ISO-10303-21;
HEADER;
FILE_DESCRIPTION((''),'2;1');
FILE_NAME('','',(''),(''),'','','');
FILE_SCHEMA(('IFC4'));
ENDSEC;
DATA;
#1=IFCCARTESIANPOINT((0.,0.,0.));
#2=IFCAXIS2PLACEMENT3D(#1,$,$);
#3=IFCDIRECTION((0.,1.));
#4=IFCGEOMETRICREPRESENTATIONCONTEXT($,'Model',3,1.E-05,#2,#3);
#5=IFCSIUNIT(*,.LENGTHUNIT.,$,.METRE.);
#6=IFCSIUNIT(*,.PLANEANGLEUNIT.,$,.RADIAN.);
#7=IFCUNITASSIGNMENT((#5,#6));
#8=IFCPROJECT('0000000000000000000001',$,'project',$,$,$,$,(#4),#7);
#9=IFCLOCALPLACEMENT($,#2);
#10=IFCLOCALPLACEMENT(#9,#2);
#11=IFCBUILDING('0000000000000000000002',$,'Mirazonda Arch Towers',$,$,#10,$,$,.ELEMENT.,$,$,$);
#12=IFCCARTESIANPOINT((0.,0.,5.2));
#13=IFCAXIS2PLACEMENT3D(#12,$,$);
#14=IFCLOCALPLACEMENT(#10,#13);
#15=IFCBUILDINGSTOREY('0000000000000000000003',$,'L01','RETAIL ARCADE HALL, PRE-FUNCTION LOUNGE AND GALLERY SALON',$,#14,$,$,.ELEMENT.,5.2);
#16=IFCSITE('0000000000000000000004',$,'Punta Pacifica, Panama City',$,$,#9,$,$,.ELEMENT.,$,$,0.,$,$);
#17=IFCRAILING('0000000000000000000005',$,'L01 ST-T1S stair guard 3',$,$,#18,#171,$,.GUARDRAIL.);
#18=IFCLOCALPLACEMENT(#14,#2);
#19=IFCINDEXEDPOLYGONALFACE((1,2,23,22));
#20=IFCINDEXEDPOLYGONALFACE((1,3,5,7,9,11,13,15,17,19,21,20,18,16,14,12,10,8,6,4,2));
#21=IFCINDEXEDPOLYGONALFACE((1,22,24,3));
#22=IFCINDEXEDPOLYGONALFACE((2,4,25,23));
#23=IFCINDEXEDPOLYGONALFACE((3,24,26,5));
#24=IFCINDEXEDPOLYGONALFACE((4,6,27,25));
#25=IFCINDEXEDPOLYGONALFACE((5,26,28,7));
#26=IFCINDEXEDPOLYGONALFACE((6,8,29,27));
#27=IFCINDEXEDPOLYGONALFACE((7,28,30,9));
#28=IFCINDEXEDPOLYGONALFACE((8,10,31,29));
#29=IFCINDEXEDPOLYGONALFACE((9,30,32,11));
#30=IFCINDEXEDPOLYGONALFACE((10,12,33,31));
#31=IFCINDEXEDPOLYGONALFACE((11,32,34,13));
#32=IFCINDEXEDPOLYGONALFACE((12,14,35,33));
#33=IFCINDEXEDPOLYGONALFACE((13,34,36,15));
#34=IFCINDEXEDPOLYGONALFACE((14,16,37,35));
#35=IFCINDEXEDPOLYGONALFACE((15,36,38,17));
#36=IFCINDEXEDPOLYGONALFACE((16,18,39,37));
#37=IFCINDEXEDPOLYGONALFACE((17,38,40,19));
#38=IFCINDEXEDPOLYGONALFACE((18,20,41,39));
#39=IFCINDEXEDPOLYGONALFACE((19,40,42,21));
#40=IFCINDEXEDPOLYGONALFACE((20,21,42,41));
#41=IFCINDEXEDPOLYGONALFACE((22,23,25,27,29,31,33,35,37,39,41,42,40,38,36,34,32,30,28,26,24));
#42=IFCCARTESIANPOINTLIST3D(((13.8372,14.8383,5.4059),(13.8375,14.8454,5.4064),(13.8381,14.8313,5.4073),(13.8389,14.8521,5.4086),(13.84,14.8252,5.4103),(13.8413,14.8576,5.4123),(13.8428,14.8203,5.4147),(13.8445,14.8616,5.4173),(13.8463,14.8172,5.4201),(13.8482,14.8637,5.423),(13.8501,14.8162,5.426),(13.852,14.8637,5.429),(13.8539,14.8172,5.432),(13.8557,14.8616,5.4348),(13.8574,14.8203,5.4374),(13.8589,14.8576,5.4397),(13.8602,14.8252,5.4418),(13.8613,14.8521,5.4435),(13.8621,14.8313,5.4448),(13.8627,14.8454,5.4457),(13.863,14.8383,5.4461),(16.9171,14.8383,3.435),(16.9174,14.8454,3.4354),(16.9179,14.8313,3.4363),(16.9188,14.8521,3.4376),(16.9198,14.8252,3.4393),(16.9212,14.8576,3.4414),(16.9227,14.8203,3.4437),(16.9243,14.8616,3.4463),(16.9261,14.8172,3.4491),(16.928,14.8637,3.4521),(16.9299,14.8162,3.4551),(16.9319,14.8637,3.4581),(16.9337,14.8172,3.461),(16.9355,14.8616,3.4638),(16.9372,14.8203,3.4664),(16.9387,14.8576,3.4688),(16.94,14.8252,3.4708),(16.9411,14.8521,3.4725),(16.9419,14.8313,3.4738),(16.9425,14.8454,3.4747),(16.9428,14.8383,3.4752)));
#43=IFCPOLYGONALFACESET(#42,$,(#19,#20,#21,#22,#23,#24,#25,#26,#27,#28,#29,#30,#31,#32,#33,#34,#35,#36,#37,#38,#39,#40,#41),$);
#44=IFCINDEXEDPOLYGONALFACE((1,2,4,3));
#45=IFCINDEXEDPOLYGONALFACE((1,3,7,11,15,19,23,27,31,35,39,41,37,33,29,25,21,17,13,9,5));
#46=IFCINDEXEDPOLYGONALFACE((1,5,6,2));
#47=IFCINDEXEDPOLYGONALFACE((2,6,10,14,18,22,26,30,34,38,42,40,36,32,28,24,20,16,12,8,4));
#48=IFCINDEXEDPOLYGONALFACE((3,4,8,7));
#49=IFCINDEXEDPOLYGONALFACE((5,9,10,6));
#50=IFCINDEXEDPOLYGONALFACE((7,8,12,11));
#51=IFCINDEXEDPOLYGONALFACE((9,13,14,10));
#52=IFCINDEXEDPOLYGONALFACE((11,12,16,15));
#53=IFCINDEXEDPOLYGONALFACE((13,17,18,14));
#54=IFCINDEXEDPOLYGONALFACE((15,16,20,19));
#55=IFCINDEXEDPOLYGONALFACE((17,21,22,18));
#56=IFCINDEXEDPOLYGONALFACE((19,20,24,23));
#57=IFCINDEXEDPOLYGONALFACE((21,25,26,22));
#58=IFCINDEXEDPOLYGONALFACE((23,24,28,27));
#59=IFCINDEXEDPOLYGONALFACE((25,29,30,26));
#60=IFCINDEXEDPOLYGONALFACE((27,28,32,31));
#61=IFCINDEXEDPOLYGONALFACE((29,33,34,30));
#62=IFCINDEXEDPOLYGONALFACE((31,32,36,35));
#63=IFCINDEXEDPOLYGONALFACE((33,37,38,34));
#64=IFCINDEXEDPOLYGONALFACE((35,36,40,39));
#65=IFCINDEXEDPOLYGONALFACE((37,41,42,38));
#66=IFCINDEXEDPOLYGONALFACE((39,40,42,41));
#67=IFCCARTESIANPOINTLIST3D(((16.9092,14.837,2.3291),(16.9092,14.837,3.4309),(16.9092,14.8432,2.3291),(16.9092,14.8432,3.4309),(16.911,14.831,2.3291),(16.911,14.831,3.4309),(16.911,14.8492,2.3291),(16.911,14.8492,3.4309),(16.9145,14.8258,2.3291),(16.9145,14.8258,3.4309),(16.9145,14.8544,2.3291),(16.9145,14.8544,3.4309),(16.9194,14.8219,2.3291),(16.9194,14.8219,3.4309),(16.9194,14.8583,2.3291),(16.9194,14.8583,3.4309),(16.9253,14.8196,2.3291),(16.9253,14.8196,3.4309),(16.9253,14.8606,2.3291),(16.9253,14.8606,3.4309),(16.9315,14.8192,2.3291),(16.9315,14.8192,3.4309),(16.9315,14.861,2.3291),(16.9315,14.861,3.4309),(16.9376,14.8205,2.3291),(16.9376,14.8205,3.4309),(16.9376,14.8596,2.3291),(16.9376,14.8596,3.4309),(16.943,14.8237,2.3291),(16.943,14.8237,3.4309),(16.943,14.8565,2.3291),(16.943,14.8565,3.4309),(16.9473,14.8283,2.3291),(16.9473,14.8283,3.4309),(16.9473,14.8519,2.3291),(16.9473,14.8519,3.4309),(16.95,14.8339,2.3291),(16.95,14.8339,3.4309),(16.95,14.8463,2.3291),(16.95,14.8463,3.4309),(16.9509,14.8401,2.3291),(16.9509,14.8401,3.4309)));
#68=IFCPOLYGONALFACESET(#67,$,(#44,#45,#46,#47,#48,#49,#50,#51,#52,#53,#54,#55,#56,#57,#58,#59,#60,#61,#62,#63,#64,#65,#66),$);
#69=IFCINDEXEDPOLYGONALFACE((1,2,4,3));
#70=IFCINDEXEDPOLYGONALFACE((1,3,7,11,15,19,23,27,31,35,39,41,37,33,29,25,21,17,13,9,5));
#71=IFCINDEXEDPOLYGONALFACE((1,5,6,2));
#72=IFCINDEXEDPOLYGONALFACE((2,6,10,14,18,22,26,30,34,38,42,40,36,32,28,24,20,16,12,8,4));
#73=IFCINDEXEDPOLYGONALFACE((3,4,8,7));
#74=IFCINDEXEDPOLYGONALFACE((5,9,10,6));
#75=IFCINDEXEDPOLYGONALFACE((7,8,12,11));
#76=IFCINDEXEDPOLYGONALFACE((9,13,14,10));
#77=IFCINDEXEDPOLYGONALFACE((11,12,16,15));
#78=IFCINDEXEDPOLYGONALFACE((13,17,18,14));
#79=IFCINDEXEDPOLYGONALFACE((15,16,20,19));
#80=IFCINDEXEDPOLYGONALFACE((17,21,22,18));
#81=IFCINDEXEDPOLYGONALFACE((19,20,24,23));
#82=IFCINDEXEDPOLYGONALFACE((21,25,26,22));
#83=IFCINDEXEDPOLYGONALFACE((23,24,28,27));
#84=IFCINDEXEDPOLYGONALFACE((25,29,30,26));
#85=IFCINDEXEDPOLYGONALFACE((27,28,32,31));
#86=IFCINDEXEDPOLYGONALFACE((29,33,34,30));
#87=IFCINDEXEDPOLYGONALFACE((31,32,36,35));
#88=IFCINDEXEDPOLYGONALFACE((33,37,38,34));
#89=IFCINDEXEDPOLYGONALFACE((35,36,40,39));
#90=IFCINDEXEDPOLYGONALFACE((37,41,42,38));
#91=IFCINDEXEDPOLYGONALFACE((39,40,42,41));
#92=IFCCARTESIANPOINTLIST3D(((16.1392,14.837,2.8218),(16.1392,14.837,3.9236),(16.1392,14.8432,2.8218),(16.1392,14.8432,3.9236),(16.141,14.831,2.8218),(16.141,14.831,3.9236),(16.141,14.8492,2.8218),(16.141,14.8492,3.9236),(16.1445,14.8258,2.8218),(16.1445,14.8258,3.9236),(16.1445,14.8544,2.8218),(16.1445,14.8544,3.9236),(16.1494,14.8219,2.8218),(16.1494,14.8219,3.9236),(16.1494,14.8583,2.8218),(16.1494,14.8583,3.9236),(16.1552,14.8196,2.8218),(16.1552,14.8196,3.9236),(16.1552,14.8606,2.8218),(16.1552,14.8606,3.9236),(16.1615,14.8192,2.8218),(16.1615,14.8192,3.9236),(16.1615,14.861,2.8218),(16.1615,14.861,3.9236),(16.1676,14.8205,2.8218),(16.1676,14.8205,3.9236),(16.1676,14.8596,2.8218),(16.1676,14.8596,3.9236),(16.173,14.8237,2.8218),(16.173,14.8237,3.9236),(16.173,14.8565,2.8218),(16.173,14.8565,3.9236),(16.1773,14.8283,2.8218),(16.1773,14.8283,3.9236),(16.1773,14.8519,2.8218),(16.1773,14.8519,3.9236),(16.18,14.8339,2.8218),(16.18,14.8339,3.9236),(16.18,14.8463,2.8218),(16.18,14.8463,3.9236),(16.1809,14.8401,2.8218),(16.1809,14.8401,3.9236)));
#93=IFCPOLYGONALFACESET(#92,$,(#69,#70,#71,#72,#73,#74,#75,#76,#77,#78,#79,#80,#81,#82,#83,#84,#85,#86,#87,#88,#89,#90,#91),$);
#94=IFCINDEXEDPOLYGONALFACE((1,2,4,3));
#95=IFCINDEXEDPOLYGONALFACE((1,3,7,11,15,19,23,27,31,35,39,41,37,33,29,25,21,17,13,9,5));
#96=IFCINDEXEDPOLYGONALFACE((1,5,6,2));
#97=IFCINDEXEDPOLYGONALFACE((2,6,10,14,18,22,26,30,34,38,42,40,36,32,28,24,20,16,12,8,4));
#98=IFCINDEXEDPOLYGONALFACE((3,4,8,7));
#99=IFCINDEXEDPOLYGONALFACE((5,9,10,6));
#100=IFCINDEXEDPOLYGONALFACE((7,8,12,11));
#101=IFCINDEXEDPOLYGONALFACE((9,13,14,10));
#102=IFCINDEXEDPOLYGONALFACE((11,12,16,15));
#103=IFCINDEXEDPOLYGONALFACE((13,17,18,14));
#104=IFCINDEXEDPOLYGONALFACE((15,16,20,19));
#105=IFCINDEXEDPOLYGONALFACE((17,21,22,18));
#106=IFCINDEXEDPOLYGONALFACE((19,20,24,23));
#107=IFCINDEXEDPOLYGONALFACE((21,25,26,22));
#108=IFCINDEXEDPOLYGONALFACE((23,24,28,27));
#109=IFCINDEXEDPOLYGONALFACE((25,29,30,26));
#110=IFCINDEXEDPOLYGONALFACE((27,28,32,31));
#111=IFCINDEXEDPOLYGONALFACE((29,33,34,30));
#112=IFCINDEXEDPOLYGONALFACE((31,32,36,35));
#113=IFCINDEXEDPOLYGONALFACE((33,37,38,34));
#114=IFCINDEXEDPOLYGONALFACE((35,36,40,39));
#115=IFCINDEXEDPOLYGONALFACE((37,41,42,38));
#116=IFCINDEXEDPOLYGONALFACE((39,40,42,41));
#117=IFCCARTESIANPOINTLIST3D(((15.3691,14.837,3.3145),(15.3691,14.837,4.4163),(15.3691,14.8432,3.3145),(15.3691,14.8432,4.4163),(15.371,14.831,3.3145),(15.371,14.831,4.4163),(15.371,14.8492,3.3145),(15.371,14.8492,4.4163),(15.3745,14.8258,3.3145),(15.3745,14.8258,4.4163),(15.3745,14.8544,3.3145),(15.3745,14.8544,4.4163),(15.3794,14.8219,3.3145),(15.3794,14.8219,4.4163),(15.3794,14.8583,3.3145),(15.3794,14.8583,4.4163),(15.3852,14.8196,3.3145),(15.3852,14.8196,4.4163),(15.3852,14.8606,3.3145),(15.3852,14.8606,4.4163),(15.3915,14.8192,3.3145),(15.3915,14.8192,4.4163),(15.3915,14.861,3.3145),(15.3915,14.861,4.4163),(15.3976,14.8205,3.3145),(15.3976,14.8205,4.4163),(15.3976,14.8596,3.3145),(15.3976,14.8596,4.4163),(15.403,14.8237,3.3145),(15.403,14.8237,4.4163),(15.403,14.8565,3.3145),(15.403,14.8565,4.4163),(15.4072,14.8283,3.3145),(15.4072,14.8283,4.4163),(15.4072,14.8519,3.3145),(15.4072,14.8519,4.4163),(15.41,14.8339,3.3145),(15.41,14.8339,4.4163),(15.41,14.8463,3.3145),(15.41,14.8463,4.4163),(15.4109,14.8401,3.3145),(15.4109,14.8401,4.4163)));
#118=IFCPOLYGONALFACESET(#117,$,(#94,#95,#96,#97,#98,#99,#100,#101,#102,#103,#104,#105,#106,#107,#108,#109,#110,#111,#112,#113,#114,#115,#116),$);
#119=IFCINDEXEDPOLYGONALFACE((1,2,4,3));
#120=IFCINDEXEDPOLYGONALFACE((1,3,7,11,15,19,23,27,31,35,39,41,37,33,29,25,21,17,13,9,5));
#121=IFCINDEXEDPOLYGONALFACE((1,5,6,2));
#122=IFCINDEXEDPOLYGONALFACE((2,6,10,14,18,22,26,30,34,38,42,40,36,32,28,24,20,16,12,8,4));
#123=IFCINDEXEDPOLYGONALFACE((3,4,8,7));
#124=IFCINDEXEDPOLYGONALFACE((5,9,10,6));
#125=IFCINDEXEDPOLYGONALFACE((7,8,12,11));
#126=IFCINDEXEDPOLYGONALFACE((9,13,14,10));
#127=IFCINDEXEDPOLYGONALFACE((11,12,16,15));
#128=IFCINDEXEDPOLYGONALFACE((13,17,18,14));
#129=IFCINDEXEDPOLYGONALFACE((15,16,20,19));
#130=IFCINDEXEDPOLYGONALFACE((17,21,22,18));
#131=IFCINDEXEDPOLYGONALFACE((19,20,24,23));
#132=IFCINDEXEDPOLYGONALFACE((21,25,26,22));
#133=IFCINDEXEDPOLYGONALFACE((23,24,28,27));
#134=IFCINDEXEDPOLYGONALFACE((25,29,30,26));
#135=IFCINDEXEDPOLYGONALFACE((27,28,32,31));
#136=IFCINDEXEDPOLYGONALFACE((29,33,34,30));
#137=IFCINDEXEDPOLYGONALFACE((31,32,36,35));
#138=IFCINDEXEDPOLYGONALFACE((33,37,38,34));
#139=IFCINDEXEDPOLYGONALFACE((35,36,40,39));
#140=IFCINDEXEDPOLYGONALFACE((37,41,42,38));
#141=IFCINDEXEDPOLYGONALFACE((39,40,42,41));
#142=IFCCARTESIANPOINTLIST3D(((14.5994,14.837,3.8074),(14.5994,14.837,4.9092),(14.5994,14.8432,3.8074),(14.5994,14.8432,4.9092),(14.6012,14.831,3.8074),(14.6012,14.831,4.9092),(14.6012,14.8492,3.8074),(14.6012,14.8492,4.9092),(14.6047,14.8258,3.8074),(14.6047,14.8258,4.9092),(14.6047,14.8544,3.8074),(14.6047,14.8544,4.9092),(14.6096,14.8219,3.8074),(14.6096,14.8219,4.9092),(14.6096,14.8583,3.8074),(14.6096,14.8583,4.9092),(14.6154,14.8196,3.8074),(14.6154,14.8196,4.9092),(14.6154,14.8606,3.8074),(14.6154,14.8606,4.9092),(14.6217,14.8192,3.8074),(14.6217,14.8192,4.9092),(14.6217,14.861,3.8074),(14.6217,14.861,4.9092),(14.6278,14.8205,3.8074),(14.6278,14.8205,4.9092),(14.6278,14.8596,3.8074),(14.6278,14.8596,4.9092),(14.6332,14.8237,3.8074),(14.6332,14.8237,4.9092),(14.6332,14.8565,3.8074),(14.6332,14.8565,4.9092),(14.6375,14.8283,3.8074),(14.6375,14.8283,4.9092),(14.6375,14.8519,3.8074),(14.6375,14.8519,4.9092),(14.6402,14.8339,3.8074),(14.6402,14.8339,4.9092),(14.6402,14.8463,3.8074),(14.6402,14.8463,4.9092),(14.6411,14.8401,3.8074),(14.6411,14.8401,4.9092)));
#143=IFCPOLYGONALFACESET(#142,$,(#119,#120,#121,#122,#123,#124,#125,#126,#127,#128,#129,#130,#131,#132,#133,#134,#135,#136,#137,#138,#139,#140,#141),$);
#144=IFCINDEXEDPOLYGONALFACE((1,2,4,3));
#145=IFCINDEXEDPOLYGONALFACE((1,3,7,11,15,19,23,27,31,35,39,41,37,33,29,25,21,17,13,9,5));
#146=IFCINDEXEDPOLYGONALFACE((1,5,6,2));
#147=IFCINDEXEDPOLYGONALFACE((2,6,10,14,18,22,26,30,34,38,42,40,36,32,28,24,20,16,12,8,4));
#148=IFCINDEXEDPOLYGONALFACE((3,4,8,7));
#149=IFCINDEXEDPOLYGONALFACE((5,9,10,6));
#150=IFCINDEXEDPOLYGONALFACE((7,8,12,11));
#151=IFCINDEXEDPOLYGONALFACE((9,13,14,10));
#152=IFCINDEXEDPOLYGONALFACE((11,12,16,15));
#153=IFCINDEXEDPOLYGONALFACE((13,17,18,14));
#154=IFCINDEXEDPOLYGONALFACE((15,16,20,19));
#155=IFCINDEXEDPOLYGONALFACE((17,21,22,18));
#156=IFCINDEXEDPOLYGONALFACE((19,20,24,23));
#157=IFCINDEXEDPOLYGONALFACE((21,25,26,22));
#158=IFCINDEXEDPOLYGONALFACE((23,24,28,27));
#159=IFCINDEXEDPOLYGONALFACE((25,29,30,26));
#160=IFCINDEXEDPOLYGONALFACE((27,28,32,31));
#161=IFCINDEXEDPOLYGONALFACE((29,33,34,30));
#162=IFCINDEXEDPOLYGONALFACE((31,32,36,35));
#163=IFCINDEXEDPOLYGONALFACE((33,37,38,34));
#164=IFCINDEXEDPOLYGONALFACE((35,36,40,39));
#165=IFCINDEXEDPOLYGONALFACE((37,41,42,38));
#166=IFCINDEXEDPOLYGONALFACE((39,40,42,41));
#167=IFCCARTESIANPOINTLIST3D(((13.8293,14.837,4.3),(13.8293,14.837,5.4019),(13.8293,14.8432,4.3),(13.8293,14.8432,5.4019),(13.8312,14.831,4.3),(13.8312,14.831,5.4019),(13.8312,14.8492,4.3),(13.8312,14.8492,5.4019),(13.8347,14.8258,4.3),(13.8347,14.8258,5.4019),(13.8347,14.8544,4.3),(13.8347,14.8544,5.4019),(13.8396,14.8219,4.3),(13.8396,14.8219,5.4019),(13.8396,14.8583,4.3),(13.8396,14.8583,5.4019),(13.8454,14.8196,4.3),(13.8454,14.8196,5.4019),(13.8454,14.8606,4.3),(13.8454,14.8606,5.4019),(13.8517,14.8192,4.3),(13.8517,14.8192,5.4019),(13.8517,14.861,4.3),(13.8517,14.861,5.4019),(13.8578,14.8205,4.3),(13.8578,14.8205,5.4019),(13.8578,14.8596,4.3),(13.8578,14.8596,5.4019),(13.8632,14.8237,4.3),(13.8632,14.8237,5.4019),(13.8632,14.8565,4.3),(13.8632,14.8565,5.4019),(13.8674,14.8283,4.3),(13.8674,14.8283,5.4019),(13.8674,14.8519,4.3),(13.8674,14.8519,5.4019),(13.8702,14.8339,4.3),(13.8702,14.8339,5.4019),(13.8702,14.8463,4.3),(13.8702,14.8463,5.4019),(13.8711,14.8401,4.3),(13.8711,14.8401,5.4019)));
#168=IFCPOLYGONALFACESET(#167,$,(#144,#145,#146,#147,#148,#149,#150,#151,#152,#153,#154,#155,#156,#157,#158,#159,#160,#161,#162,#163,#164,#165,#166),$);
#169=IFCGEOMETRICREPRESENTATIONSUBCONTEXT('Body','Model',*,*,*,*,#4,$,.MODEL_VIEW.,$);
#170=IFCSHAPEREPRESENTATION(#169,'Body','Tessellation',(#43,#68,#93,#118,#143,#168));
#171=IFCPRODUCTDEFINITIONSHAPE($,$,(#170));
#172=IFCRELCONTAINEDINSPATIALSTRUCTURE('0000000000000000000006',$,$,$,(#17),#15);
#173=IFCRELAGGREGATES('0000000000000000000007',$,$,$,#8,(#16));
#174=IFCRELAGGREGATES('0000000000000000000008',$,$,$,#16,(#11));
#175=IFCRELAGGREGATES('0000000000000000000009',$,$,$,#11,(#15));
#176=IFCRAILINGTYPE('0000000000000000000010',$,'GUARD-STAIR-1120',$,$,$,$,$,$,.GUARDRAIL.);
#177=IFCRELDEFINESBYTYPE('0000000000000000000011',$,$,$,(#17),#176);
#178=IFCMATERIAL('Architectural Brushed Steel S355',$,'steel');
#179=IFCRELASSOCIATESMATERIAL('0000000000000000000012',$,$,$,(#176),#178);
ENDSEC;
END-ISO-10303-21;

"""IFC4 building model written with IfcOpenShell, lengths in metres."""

from ifc_helpers import new_model, si_unit, direction, frame, origin, origin_2d, place, context, subcontext, project, spatial, circle, extrude, material, type_object, element, save


model = new_model("IFC4")

# Units and contexts
model_context = context("Model", 3, precision=1e-05, world=origin(), true_north=direction((0.0, 1.0)))
body_context = subcontext(model_context, "Body", "Model", "MODEL_VIEW")
ifc_project = project(units=[si_unit("LENGTHUNIT", "METRE"), si_unit("PLANEANGLEUNIT", "RADIAN")], contexts=[model_context])

# Site, building, storey
site_placement = place(None, origin())
site = spatial("IfcSite", under=ifc_project, at=site_placement, Name="Punta Pacifica, Panama City", CompositionType="ELEMENT", RefElevation=0.0)
building_placement = place(site_placement, origin())
building = spatial("IfcBuilding", under=site, at=building_placement, Name="Mirazonda Arch Towers", CompositionType="ELEMENT")
storey_placement = place(building_placement, frame((0.0, 0.0, 5.2)))
storey = spatial("IfcBuildingStorey", under=building, at=storey_placement, Name="L01", Description="RETAIL ARCADE HALL, PRE-FUNCTION LOUNGE AND GALLERY SALON", CompositionType="ELEMENT", Elevation=5.2)

# Shared definitions
ifc_material_1 = material(Name="Architectural Brushed Steel S355", Category="steel")

# Railing
railing_type_1 = type_object("IfcRailingType", Name="GUARD-STAIR-1120", PredefinedType="GUARDRAIL", material=ifc_material_1)
railing_1_placement = place(storey_placement, frame((16.9299, 14.8401, 2.3291)))
element("IfcRailing", 1, at=railing_1_placement, inside=storey, type_object=railing_type_1, Name="L01 ST-T1S stair guard 3", PredefinedType="GUARDRAIL", context=body_context, shape_type="SweptSolid", body=[
    extrude(circle(Radius=0.0239, at=origin_2d()), frame((0.0, 0.0, 1.126), z_axis=(-0.84229, 0.0, 0.539025), x_axis=(0.0, -1.0, 0.0)), (0.0, 0.0, 1.0), 3.6565),
    extrude(circle(Radius=0.021, at=origin_2d()), origin(), (0.0, 0.0, 1.0), 1.1018),
    extrude(circle(Radius=0.021, at=origin_2d()), frame((-0.77, 0.0, 0.4927)), (0.0, 0.0, 1.0), 1.1018),
    extrude(circle(Radius=0.021, at=origin_2d()), frame((-1.54, 0.0, 0.9854)), (0.0, 0.0, 1.0), 1.1018),
    extrude(circle(Radius=0.021, at=origin_2d()), frame((-2.3098, 0.0, 1.4783)), (0.0, 0.0, 1.0), 1.1018),
    extrude(circle(Radius=0.021, at=origin_2d()), frame((-3.0798, 0.0, 1.9709)), (0.0, 0.0, 1.0), 1.1018),
])

save(model, "model.ifc")
